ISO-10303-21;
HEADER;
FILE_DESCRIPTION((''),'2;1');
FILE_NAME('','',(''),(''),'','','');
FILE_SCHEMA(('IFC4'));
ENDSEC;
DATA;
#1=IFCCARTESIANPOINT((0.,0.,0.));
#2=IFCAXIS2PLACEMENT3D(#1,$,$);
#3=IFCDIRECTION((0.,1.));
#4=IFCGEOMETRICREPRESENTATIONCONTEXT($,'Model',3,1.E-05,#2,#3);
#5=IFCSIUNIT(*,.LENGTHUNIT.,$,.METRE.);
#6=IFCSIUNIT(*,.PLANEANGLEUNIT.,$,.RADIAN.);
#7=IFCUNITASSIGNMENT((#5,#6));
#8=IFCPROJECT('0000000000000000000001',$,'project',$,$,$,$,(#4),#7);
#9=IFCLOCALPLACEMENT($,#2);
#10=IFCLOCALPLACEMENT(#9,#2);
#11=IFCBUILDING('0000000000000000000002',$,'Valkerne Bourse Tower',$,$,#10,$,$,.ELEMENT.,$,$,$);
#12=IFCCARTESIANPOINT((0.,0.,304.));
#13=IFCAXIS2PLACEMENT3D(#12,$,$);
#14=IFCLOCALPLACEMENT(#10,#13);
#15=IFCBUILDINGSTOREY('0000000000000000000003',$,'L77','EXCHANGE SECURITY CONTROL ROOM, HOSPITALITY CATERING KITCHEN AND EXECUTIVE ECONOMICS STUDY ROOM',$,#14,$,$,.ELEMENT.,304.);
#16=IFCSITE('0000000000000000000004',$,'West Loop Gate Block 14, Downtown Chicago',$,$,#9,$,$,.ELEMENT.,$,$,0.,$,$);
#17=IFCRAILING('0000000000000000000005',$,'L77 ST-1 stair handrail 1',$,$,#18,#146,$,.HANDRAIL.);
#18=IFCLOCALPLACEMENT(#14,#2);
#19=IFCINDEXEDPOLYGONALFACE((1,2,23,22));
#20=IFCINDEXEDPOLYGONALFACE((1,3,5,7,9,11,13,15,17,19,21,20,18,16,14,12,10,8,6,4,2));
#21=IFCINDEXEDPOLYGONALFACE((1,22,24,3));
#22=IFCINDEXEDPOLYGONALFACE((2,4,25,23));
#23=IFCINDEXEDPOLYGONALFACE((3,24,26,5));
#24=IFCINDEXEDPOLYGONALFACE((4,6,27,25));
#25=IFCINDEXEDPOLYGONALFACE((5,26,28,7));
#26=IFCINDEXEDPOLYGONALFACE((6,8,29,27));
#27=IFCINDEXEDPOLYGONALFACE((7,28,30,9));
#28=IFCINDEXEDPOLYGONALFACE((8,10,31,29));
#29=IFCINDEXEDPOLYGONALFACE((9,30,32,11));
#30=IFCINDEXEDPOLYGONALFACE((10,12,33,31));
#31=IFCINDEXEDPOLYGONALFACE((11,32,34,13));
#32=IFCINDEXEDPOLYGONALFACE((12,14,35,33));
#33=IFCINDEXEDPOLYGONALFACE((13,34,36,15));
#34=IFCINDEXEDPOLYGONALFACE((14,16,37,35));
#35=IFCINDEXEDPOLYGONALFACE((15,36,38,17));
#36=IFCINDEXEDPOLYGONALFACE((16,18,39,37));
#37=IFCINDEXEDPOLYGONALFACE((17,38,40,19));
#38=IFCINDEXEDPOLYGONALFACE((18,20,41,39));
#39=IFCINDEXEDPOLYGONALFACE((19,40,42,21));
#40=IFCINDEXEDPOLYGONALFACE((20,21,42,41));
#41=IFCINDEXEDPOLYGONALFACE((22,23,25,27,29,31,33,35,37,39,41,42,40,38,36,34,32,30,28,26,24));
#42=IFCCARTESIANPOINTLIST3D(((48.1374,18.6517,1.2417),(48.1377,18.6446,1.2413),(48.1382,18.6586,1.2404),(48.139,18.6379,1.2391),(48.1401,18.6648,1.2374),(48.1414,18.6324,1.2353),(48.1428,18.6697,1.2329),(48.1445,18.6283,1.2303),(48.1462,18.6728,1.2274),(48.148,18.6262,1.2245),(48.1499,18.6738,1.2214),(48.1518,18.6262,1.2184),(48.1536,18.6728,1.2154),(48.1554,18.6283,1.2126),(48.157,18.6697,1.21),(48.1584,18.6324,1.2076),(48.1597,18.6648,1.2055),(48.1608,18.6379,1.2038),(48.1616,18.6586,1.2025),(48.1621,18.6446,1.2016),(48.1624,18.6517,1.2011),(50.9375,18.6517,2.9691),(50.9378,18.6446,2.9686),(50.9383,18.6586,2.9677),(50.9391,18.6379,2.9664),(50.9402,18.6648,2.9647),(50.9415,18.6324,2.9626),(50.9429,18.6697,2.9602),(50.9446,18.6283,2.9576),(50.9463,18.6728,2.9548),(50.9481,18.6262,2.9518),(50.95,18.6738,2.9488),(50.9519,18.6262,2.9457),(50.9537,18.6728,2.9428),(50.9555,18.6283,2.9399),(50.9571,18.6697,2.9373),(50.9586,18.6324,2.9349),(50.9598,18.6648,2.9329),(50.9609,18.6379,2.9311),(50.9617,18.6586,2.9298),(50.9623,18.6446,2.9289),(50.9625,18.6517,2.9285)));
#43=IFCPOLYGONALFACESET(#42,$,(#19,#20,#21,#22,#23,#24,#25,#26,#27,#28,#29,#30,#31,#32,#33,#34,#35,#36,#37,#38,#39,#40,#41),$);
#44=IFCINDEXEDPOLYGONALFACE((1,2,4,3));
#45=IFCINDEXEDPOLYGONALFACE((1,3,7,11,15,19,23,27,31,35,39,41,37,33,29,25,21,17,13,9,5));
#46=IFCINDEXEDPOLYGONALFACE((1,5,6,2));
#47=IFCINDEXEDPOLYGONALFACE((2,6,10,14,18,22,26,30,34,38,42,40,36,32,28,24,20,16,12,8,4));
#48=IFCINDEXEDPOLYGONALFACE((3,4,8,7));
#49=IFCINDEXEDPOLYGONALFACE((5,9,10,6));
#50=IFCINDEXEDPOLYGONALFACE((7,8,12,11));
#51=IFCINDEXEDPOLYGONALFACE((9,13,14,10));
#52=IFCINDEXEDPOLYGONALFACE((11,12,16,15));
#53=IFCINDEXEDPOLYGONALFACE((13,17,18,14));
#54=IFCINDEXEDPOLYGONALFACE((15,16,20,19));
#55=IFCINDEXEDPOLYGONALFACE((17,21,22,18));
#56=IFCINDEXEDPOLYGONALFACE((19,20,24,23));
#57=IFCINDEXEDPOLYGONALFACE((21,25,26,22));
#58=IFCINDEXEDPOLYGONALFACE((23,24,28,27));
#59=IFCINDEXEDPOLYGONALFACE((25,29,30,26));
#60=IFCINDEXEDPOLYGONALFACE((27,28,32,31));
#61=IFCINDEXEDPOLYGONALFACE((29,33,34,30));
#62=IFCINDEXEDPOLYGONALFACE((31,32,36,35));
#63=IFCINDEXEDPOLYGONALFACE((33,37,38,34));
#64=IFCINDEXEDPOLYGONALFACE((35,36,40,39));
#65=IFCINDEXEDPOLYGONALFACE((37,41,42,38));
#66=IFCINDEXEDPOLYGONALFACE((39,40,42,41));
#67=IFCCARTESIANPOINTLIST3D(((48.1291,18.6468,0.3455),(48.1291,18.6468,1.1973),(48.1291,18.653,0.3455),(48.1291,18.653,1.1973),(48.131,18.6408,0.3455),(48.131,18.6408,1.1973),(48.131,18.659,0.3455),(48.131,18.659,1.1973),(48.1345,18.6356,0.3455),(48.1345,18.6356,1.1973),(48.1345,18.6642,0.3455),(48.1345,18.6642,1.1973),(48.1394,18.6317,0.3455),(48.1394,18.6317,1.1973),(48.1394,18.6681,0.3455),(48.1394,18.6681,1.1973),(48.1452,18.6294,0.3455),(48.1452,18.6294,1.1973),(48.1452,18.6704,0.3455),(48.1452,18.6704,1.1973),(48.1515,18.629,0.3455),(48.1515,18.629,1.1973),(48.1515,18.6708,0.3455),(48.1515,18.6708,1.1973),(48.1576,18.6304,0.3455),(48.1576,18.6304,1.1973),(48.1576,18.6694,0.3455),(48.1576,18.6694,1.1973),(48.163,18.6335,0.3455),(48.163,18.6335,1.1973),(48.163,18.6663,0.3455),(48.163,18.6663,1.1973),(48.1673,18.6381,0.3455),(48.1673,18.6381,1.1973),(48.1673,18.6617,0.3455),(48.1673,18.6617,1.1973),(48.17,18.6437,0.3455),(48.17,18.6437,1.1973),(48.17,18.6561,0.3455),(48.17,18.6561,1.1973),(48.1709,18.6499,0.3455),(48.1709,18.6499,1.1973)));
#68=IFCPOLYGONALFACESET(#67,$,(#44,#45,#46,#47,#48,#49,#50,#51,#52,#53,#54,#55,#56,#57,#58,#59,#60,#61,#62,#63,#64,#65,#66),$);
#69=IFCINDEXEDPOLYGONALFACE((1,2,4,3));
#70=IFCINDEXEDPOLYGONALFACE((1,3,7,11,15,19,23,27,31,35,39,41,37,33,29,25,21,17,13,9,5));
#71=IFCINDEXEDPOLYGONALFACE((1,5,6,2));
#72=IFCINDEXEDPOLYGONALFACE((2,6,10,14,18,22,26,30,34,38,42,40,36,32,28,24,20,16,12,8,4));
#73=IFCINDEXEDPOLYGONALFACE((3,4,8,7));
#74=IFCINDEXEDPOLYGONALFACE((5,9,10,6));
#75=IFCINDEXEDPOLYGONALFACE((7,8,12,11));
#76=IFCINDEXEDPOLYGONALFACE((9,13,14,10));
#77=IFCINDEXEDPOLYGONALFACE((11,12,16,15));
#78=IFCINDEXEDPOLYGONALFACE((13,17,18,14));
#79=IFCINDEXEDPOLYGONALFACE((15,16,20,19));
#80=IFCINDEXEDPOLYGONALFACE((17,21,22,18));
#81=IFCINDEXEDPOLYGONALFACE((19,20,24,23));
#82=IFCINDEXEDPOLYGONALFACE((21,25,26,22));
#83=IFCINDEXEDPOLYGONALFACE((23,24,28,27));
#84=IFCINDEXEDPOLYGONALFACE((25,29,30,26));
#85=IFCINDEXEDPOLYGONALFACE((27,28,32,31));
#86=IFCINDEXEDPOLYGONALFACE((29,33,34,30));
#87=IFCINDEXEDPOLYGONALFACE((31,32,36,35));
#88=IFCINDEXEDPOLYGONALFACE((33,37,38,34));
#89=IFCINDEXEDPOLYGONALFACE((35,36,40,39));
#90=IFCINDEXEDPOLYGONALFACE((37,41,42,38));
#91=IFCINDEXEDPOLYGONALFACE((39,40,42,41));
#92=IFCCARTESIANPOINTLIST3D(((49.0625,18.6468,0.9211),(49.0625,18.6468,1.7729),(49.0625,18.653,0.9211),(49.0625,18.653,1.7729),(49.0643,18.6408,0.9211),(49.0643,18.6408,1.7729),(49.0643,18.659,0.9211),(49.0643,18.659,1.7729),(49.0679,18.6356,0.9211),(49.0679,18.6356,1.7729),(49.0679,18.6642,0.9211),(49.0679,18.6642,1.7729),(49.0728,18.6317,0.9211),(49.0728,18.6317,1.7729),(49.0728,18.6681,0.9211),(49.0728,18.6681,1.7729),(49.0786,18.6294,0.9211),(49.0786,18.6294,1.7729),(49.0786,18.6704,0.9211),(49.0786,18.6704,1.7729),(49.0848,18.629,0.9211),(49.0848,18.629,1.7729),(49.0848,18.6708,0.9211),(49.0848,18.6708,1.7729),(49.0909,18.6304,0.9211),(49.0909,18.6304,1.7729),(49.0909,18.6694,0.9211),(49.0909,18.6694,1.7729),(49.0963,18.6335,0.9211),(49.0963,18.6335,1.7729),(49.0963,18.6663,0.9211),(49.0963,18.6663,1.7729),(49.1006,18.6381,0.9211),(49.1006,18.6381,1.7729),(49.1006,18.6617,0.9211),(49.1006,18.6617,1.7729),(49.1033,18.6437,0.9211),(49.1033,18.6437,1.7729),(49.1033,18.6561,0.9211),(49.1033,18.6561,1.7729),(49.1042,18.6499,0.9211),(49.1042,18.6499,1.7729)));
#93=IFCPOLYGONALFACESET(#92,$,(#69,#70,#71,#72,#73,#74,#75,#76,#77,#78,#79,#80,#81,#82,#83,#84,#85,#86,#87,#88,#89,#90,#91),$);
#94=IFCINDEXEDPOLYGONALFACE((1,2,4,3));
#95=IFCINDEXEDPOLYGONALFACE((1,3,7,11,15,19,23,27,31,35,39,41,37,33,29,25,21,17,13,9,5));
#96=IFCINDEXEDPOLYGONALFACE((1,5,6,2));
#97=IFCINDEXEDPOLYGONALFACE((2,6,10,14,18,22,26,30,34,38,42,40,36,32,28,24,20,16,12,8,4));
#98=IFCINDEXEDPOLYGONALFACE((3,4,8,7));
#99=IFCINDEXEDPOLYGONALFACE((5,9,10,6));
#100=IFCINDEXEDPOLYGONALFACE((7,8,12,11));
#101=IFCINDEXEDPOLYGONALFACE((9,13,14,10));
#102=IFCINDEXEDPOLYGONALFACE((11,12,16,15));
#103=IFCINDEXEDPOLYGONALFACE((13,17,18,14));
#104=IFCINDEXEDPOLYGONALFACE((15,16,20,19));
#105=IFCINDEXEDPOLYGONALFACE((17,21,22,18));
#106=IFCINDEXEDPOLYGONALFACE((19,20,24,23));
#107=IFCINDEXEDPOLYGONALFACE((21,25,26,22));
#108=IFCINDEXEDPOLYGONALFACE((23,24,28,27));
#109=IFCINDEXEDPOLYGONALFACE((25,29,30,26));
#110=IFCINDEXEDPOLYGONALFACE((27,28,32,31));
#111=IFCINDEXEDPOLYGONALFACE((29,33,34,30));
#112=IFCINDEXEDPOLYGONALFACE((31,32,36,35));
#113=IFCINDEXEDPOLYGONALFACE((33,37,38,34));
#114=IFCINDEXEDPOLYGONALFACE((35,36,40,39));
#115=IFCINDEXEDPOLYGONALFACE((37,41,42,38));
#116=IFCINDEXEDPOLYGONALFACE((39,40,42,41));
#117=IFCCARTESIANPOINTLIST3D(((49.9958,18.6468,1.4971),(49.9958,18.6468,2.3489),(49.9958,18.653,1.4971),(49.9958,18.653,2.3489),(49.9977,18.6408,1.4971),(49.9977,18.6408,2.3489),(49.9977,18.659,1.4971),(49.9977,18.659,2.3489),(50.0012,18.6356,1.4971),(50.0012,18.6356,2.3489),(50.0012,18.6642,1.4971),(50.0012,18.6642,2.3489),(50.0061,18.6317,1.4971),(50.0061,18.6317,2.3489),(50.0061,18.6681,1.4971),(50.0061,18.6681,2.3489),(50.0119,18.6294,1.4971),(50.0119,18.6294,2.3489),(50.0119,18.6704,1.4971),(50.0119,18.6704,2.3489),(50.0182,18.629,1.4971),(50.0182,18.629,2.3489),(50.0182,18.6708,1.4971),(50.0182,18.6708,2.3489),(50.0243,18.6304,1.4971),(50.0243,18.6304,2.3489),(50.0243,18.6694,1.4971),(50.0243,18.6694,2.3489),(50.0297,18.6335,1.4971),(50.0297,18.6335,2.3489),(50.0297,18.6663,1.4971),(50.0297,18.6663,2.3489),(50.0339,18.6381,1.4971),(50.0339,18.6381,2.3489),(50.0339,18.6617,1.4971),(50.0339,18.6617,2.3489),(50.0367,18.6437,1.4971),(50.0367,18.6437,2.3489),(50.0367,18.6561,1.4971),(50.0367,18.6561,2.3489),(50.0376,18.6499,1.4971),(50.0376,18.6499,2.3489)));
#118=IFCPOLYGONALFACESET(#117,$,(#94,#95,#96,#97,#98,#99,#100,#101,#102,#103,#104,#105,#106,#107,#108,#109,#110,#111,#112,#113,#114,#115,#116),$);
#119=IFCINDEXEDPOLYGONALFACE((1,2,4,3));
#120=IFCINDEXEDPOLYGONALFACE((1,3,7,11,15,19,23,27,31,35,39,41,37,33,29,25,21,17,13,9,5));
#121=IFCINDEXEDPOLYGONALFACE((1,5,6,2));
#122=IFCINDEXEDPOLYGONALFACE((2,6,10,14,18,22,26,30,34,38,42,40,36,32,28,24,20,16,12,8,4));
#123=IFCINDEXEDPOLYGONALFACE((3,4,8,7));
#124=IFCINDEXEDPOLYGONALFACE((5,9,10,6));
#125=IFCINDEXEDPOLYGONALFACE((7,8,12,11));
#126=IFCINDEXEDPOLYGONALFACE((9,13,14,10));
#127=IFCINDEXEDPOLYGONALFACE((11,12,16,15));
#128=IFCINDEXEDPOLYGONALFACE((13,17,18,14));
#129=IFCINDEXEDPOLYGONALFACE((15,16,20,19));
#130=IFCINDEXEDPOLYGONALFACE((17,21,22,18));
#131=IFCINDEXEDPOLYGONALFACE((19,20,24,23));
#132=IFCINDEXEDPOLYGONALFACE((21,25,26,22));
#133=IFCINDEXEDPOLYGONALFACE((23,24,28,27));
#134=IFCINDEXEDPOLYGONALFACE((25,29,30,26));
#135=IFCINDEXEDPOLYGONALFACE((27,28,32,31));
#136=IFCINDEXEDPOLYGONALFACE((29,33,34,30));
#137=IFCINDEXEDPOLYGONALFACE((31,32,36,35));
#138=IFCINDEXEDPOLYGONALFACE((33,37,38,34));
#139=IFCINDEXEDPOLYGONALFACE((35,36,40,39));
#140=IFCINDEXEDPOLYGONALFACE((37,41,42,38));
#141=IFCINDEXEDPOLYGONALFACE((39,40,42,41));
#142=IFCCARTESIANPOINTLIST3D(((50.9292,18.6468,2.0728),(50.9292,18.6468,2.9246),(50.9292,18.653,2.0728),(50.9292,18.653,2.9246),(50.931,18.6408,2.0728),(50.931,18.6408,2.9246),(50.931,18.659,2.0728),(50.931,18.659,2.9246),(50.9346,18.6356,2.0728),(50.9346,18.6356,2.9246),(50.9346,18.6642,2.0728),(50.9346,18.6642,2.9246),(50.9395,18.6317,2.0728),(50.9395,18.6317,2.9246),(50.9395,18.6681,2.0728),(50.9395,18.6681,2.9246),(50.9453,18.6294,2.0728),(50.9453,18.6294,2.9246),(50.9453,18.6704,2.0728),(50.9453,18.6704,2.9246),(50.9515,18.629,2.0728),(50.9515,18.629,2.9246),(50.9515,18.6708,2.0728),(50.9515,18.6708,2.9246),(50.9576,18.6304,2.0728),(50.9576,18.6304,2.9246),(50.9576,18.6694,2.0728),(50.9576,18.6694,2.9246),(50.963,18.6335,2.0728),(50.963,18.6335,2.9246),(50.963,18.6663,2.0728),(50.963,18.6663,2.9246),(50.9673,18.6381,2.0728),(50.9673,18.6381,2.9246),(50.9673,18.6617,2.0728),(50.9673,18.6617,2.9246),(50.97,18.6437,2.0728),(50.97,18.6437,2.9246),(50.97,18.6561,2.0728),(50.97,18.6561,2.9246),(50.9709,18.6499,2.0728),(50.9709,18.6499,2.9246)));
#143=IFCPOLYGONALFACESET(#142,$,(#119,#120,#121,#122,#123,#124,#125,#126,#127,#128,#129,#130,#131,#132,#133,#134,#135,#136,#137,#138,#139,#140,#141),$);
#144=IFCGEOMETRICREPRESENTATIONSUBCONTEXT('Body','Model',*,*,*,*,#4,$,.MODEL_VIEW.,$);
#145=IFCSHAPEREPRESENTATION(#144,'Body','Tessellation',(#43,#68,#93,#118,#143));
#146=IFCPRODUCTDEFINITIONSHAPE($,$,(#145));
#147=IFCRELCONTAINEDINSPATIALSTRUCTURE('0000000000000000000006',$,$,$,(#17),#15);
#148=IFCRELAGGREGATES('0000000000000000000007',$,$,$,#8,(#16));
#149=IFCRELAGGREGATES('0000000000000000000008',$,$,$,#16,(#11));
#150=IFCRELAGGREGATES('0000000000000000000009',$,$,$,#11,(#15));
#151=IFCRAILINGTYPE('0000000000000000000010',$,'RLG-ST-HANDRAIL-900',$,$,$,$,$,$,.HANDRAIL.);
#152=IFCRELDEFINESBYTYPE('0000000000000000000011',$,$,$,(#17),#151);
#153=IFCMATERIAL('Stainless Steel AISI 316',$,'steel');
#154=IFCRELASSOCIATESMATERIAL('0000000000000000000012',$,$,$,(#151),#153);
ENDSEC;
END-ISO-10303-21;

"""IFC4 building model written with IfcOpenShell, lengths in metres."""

from ifc_helpers import new_model, si_unit, direction, frame, origin, origin_2d, place, context, subcontext, project, spatial, circle, extrude, material, type_object, element, save


model = new_model("IFC4")

# Units and contexts
model_context = context("Model", 3, precision=1e-05, world=origin(), true_north=direction((0.0, 1.0)))
body_context = subcontext(model_context, "Body", "Model", "MODEL_VIEW")
ifc_project = project(units=[si_unit("LENGTHUNIT", "METRE"), si_unit("PLANEANGLEUNIT", "RADIAN")], contexts=[model_context])

# Site, building, storey
site_placement = place(None, origin())
site = spatial("IfcSite", under=ifc_project, at=site_placement, Name="West Loop Gate Block 14, Downtown Chicago", CompositionType="ELEMENT", RefElevation=0.0)
building_placement = place(site_placement, origin())
building = spatial("IfcBuilding", under=site, at=building_placement, Name="Valkerne Bourse Tower", CompositionType="ELEMENT")
storey_placement = place(building_placement, frame((0.0, 0.0, 304.0)))
storey = spatial("IfcBuildingStorey", under=building, at=storey_placement, Name="L77", Description="EXCHANGE SECURITY CONTROL ROOM, HOSPITALITY CATERING KITCHEN AND EXECUTIVE ECONOMICS STUDY ROOM", CompositionType="ELEMENT", Elevation=304.0)

# Shared definitions
ifc_material_1 = material(Name="Stainless Steel AISI 316", Category="steel")

# Railing
railing_type_1 = type_object("IfcRailingType", Name="RLG-ST-HANDRAIL-900", PredefinedType="HANDRAIL", material=ifc_material_1)
railing_1_placement = place(storey_placement, frame((48.1499, 18.6499, 0.3455)))
element("IfcRailing", 1, at=railing_1_placement, inside=storey, type_object=railing_type_1, Name="L77 ST-1 stair handrail 1", PredefinedType="HANDRAIL", context=body_context, shape_type="SweptSolid", body=[
    extrude(circle(Radius=0.0239, at=origin_2d()), frame((0.0, 0.0, 0.876), z_axis=(0.85109, 0.0, 0.52502), x_axis=(0.0, 1.0, 0.0)), (0.0, 0.0, 1.0), 3.29),
    extrude(circle(Radius=0.021, at=origin_2d()), origin(), (0.0, 0.0, 1.0), 0.8518),
    extrude(circle(Radius=0.021, at=origin_2d()), frame((0.9333, 0.0, 0.5757)), (0.0, 0.0, 1.0), 0.8518),
    extrude(circle(Radius=0.021, at=origin_2d()), frame((1.8667, 0.0, 1.1516)), (0.0, 0.0, 1.0), 0.8518),
    extrude(circle(Radius=0.021, at=origin_2d()), frame((2.8, 0.0, 1.7273)), (0.0, 0.0, 1.0), 0.8518),
])

save(model, "model.ifc")
